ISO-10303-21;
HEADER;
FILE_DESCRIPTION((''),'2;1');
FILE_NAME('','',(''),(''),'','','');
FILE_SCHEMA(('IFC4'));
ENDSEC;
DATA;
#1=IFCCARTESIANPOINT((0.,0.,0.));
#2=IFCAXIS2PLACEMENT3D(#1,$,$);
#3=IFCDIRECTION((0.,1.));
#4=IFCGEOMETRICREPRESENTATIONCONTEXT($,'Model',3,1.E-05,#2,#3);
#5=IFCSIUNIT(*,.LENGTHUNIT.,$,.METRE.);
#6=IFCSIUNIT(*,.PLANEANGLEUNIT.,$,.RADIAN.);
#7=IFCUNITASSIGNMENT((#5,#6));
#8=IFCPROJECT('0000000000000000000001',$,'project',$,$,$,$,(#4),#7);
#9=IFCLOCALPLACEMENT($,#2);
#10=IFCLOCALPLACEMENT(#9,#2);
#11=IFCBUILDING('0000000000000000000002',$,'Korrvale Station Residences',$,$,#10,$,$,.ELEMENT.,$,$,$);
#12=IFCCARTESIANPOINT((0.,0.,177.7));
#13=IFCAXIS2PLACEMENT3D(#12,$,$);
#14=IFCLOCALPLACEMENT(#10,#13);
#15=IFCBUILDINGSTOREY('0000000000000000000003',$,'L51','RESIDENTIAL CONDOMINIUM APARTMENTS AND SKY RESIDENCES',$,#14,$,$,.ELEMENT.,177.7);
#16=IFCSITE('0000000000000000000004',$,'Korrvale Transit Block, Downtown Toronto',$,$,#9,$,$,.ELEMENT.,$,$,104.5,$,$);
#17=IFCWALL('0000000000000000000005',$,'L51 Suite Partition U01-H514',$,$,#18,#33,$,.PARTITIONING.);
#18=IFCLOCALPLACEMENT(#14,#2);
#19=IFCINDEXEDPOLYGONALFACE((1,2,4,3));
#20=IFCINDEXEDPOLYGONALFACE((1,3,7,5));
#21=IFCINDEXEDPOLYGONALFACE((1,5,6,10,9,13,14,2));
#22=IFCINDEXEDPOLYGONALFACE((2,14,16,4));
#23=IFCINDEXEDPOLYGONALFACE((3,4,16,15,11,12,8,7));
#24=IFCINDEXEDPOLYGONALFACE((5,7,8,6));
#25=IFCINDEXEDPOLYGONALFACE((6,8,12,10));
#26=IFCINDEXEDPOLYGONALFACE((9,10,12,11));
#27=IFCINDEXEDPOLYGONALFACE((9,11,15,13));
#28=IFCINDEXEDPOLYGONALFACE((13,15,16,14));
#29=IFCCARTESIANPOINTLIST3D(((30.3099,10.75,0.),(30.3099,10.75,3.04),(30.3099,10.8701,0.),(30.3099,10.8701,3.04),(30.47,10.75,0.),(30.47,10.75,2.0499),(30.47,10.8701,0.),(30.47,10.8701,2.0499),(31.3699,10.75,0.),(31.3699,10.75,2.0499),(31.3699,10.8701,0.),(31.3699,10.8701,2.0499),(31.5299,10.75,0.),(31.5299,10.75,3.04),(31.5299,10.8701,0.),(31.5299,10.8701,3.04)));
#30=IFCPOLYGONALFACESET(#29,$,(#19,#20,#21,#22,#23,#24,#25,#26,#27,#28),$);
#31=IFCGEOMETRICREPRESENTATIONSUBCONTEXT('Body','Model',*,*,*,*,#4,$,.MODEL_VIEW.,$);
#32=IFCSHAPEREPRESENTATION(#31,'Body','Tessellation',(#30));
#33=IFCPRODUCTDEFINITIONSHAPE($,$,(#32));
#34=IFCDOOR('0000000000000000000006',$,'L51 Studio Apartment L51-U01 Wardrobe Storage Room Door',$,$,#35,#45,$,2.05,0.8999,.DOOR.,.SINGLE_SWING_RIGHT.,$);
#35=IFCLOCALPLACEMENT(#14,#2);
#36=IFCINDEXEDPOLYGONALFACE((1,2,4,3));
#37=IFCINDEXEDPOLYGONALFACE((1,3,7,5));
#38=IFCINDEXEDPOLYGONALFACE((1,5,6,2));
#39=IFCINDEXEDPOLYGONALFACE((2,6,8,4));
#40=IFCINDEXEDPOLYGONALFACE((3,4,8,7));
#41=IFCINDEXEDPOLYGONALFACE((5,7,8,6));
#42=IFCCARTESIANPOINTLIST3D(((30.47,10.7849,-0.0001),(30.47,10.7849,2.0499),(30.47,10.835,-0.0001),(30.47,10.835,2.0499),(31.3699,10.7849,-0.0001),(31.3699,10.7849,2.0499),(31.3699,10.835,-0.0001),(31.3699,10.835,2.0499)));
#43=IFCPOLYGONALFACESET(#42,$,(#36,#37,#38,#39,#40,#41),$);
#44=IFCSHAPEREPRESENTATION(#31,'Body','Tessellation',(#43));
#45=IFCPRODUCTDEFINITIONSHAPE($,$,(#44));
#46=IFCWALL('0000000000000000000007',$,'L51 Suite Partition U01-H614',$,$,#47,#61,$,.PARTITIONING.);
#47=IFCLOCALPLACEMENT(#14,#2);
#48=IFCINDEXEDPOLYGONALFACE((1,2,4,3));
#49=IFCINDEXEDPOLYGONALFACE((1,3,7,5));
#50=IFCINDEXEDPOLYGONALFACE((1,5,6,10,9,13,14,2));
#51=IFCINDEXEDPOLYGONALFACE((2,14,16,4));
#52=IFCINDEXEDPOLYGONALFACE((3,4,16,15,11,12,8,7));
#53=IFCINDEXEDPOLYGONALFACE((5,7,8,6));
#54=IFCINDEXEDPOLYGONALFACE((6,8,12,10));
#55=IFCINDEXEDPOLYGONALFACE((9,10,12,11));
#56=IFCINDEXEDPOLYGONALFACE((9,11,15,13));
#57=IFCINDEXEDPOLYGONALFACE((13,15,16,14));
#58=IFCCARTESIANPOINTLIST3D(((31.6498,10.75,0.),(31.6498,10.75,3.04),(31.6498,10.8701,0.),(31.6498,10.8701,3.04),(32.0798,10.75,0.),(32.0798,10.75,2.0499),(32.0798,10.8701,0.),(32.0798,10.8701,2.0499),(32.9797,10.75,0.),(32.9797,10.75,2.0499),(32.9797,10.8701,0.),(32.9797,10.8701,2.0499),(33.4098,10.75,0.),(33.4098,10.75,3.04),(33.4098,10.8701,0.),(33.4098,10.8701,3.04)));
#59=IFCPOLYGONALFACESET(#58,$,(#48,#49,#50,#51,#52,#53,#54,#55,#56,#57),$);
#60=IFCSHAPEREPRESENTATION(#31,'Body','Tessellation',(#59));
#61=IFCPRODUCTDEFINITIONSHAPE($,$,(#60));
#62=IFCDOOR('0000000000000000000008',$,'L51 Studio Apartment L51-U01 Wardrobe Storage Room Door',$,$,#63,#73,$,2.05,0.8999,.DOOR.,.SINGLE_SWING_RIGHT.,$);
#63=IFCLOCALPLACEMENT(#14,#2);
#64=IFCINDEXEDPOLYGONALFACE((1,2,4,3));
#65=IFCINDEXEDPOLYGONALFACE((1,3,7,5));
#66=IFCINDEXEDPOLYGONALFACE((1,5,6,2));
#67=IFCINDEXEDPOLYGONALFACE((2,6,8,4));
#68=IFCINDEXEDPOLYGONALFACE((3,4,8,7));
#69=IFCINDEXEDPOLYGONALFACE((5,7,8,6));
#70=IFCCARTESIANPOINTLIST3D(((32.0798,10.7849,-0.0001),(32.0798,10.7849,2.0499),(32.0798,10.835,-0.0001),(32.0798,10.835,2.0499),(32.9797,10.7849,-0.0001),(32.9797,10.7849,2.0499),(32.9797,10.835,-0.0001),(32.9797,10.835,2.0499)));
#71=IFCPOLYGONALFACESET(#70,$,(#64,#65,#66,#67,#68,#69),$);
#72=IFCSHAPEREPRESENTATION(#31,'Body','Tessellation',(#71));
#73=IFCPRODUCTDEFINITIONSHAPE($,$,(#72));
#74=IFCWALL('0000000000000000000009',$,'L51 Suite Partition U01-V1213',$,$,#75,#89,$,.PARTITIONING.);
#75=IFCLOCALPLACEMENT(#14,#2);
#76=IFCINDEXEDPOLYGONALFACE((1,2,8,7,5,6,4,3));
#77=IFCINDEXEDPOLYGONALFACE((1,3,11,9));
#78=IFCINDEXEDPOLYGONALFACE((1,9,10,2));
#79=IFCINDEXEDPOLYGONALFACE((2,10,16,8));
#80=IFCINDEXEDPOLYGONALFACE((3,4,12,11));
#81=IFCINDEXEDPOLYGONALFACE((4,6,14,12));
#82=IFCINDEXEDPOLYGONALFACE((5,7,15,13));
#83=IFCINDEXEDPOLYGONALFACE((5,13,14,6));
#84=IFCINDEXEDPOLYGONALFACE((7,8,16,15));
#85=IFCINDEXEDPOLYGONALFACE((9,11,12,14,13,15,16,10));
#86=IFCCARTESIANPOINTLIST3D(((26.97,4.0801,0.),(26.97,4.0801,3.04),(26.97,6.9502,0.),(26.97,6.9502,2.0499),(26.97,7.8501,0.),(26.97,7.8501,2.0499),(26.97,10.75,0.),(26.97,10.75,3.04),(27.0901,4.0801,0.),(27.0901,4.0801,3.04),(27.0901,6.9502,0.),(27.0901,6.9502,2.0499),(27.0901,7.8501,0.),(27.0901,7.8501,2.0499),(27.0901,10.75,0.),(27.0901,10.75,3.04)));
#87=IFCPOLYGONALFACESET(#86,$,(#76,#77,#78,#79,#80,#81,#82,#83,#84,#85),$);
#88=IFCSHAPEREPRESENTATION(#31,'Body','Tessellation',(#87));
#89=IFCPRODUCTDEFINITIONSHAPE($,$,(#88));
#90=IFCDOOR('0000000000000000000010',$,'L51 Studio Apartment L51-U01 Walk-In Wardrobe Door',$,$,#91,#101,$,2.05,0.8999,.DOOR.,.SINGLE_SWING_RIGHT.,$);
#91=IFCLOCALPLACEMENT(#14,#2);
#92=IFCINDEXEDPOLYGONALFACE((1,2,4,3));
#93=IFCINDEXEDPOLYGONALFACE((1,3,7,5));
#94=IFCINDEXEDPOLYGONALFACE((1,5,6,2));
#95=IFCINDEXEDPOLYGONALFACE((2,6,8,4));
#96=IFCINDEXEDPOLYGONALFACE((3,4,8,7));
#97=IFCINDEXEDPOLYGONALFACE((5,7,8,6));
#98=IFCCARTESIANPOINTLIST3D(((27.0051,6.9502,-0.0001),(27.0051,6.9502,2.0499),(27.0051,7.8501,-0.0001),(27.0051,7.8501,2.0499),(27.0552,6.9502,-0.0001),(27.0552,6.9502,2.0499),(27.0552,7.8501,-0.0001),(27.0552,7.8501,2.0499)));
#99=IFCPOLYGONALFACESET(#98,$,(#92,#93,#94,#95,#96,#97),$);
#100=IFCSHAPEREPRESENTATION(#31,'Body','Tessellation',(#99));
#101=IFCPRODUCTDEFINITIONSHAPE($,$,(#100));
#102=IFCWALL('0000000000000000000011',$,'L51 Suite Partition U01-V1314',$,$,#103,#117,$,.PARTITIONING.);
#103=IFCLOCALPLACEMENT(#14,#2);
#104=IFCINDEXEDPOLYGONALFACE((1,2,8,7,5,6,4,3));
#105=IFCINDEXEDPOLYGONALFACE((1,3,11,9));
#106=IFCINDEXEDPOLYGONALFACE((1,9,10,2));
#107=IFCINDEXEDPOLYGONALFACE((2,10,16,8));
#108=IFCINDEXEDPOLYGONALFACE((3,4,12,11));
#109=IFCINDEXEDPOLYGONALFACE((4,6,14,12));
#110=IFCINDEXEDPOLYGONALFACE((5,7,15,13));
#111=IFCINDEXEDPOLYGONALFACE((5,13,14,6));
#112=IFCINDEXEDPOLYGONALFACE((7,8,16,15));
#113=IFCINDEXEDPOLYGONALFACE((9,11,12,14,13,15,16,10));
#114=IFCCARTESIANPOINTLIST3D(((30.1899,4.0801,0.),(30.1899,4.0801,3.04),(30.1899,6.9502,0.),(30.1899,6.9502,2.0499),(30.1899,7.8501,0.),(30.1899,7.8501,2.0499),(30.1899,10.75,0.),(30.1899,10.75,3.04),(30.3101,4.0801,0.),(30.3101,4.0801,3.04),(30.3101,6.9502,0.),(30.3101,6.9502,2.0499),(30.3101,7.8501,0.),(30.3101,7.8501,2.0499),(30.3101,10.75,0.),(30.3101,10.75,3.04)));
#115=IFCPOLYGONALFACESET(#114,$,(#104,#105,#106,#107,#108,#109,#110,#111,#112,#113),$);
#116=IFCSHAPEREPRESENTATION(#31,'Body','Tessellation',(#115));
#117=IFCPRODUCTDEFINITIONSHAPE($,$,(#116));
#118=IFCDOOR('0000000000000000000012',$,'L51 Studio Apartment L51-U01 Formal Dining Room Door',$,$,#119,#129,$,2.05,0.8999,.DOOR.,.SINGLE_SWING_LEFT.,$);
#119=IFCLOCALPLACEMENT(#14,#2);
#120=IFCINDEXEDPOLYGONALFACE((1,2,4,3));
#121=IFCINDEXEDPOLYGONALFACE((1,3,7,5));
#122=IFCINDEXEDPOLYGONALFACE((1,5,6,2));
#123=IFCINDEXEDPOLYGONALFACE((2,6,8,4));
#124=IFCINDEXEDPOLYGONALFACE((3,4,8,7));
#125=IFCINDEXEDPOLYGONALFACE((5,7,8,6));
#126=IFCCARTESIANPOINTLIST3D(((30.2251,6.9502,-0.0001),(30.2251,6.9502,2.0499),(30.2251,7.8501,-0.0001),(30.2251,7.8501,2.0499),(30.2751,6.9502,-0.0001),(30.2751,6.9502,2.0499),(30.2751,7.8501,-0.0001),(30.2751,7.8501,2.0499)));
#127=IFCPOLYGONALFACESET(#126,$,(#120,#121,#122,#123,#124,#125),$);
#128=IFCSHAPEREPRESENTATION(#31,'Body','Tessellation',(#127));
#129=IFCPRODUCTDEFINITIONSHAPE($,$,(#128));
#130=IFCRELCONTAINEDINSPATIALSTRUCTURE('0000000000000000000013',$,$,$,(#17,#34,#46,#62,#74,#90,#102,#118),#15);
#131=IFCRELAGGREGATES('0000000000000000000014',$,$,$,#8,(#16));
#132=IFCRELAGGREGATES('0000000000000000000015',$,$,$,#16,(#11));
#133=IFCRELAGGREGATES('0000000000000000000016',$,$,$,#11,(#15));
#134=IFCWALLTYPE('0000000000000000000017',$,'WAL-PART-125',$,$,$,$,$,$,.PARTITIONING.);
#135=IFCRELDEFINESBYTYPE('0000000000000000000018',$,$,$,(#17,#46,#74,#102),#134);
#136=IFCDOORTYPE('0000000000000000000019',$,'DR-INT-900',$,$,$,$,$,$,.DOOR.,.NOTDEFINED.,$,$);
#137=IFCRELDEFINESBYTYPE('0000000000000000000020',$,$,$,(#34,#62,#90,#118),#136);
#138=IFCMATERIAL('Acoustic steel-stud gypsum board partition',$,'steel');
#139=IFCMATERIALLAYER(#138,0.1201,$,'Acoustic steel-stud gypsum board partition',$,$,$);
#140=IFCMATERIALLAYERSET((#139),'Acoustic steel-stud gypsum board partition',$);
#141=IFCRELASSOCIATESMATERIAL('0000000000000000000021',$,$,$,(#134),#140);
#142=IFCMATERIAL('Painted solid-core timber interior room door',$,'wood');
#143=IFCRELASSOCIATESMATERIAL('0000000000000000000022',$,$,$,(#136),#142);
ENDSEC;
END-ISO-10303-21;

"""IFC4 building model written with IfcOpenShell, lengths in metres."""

from ifc_helpers import new_model, si_unit, direction, frame, frame_2d, origin, place, context, subcontext, project, spatial, rectangle, extrude, material, layer, layer_set, type_object, element, fill, save


model = new_model("IFC4")

# Units and contexts
model_context = context("Model", 3, precision=1e-05, world=origin(), true_north=direction((0.0, 1.0)))
body_context = subcontext(model_context, "Body", "Model", "MODEL_VIEW")
ifc_project = project(units=[si_unit("LENGTHUNIT", "METRE"), si_unit("PLANEANGLEUNIT", "RADIAN")], contexts=[model_context])

# Site, building, storey
site_placement = place(None, origin())
site = spatial("IfcSite", under=ifc_project, at=site_placement, Name="Korrvale Transit Block, Downtown Toronto", CompositionType="ELEMENT", RefElevation=104.5)
building_placement = place(site_placement, origin())
building = spatial("IfcBuilding", under=site, at=building_placement, Name="Korrvale Station Residences", CompositionType="ELEMENT")
storey_placement = place(building_placement, frame((0.0, 0.0, 177.7)))
storey = spatial("IfcBuildingStorey", under=building, at=storey_placement, Name="L51", Description="RESIDENTIAL CONDOMINIUM APARTMENTS AND SKY RESIDENCES", CompositionType="ELEMENT", Elevation=177.7)

# Shared definitions
ifc_material_1 = material(Name="Acoustic steel-stud gypsum board partition", Category="steel")
ifc_layer_1 = layer(ifc_material_1, 0.1201, Name="Acoustic steel-stud gypsum board partition")
ifc_layer_set_1 = layer_set([ifc_layer_1], Name="Acoustic steel-stud gypsum board partition")
wall_type_1 = type_object("IfcWallType", Name="WAL-PART-125", PredefinedType="PARTITIONING", material=ifc_layer_set_1)
ifc_material_2 = material(Name="Painted solid-core timber interior room door", Category="wood")
door_type = type_object("IfcDoorType", Name="DR-INT-900", OperationType="NOTDEFINED", PredefinedType="DOOR", material=ifc_material_2)

# Walls, openings, doors
wall_1_placement = place(storey_placement, frame((30.3101, 10.8101, 0.0), z_axis=(0.0, 0.0, 1.0), x_axis=(1.0, 0.0, 0.0)))
wall_1 = element("IfcWall", 1, at=wall_1_placement, inside=storey, type_object=wall_type_1, Name="L51 Suite Partition U01-H514", PredefinedType="PARTITIONING", context=body_context, shape_type="SweptSolid", body=[
    extrude(rectangle(XDim=1.22, YDim=0.1201, at=frame_2d((0.6099, 0.0))), origin(), (0.0, 0.0, 1.0), 3.04),
])
opening_1_placement = place(wall_1_placement, frame((0.1599, 0.0, 0.0)))
opening_1 = element("IfcOpeningElement", 2, at=opening_1_placement, cuts=wall_1, PredefinedType="OPENING", context=body_context, shape_type="SweptSolid", body=[
    extrude(rectangle(XDim=0.8999, YDim=2.05, at=frame_2d((0.45, 1.0249))), frame((0.0, 0.0701, 0.0), z_axis=(0.0, -1.0, 0.0), x_axis=(1.0, 0.0, 0.0)), (0.0, 0.0, 1.0), 0.1401),
])
door_1_placement = place(opening_1_placement, origin())
door_1 = element("IfcDoor", 3, at=door_1_placement, inside=storey, type_object=door_type, Name="L51 Studio Apartment L51-U01 Wardrobe Storage Room Door", OperationType="SINGLE_SWING_RIGHT", OverallHeight=2.05, OverallWidth=0.8999, PredefinedType="DOOR", context=body_context, shape_type="SweptSolid", body=[
    extrude(rectangle(XDim=0.8999, YDim=2.05, at=frame_2d((0.45, 1.0249))), frame((0.0, 0.0249, 0.0), z_axis=(0.0, -1.0, 0.0), x_axis=(1.0, 0.0, 0.0)), (0.0, 0.0, 1.0), 0.05),
])
fill(opening_1, door_1)
wall_2_placement = place(storey_placement, frame((31.6499, 10.8101, 0.0), z_axis=(0.0, 0.0, 1.0), x_axis=(1.0, 0.0, 0.0)))
wall_2 = element("IfcWall", 4, at=wall_2_placement, inside=storey, type_object=wall_type_1, Name="L51 Suite Partition U01-H614", PredefinedType="PARTITIONING", context=body_context, shape_type="SweptSolid", body=[
    extrude(rectangle(XDim=1.76, YDim=0.1201, at=frame_2d((0.8799, 0.0))), origin(), (0.0, 0.0, 1.0), 3.04),
])
opening_2_placement = place(wall_2_placement, frame((0.4299, 0.0, 0.0)))
opening_2 = element("IfcOpeningElement", 5, at=opening_2_placement, cuts=wall_2, PredefinedType="OPENING", context=body_context, shape_type="SweptSolid", body=[
    extrude(rectangle(XDim=0.8999, YDim=2.05, at=frame_2d((0.45, 1.0249))), frame((0.0, 0.0701, 0.0), z_axis=(0.0, -1.0, 0.0), x_axis=(1.0, 0.0, 0.0)), (0.0, 0.0, 1.0), 0.1401),
])
door_2_placement = place(opening_2_placement, origin())
door_2 = element("IfcDoor", 6, at=door_2_placement, inside=storey, type_object=door_type, Name="L51 Studio Apartment L51-U01 Wardrobe Storage Room Door", OperationType="SINGLE_SWING_RIGHT", OverallHeight=2.05, OverallWidth=0.8999, PredefinedType="DOOR", context=body_context, shape_type="SweptSolid", body=[
    extrude(rectangle(XDim=0.8999, YDim=2.05, at=frame_2d((0.45, 1.0249))), frame((0.0, 0.0249, 0.0), z_axis=(0.0, -1.0, 0.0), x_axis=(1.0, 0.0, 0.0)), (0.0, 0.0, 1.0), 0.05),
])
fill(opening_2, door_2)
wall_3_placement = place(storey_placement, frame((27.03, 4.0801, 0.0), z_axis=(0.0, 0.0, 1.0), x_axis=(0.0, 1.0, 0.0)))
wall_3 = element("IfcWall", 7, at=wall_3_placement, inside=storey, type_object=wall_type_1, Name="L51 Suite Partition U01-V1213", PredefinedType="PARTITIONING", context=body_context, shape_type="SweptSolid", body=[
    extrude(rectangle(XDim=6.6699, YDim=0.1201, at=frame_2d((3.335, 0.0))), origin(), (0.0, 0.0, 1.0), 3.04),
])
opening_3_placement = place(wall_3_placement, frame((2.8701, 0.0, 0.0)))
opening_3 = element("IfcOpeningElement", 8, at=opening_3_placement, cuts=wall_3, PredefinedType="OPENING", context=body_context, shape_type="SweptSolid", body=[
    extrude(rectangle(XDim=0.8999, YDim=2.05, at=frame_2d((0.45, 1.0249))), frame((0.0, 0.0701, 0.0), z_axis=(0.0, -1.0, 0.0), x_axis=(1.0, 0.0, 0.0)), (0.0, 0.0, 1.0), 0.1401),
])
door_3_placement = place(opening_3_placement, origin())
door_3 = element("IfcDoor", 9, at=door_3_placement, inside=storey, type_object=door_type, Name="L51 Studio Apartment L51-U01 Walk-In Wardrobe Door", OperationType="SINGLE_SWING_RIGHT", OverallHeight=2.05, OverallWidth=0.8999, PredefinedType="DOOR", context=body_context, shape_type="SweptSolid", body=[
    extrude(rectangle(XDim=0.8999, YDim=2.05, at=frame_2d((0.45, 1.0249))), frame((0.0, 0.0249, 0.0), z_axis=(0.0, -1.0, 0.0), x_axis=(1.0, 0.0, 0.0)), (0.0, 0.0, 1.0), 0.05),
])
fill(opening_3, door_3)
wall_4_placement = place(storey_placement, frame((30.25, 4.0801, 0.0), z_axis=(0.0, 0.0, 1.0), x_axis=(0.0, 1.0, 0.0)))
wall_4 = element("IfcWall", 10, at=wall_4_placement, inside=storey, type_object=wall_type_1, Name="L51 Suite Partition U01-V1314", PredefinedType="PARTITIONING", context=body_context, shape_type="SweptSolid", body=[
    extrude(rectangle(XDim=6.6699, YDim=0.1201, at=frame_2d((3.335, 0.0))), origin(), (0.0, 0.0, 1.0), 3.04),
])
opening_4_placement = place(wall_4_placement, frame((2.8701, 0.0, 0.0)))
opening_4 = element("IfcOpeningElement", 11, at=opening_4_placement, cuts=wall_4, PredefinedType="OPENING", context=body_context, shape_type="SweptSolid", body=[
    extrude(rectangle(XDim=0.8999, YDim=2.05, at=frame_2d((0.45, 1.0249))), frame((0.0, 0.0701, 0.0), z_axis=(0.0, -1.0, 0.0), x_axis=(1.0, 0.0, 0.0)), (0.0, 0.0, 1.0), 0.1401),
])
door_4_placement = place(opening_4_placement, origin())
door_4 = element("IfcDoor", 12, at=door_4_placement, inside=storey, type_object=door_type, Name="L51 Studio Apartment L51-U01 Formal Dining Room Door", OperationType="SINGLE_SWING_LEFT", OverallHeight=2.05, OverallWidth=0.8999, PredefinedType="DOOR", context=body_context, shape_type="SweptSolid", body=[
    extrude(rectangle(XDim=0.8999, YDim=2.05, at=frame_2d((0.45, 1.0249))), frame((0.0, 0.0249, 0.0), z_axis=(0.0, -1.0, 0.0), x_axis=(1.0, 0.0, 0.0)), (0.0, 0.0, 1.0), 0.05),
])
fill(opening_4, door_4)

save(model, "model.ifc")
